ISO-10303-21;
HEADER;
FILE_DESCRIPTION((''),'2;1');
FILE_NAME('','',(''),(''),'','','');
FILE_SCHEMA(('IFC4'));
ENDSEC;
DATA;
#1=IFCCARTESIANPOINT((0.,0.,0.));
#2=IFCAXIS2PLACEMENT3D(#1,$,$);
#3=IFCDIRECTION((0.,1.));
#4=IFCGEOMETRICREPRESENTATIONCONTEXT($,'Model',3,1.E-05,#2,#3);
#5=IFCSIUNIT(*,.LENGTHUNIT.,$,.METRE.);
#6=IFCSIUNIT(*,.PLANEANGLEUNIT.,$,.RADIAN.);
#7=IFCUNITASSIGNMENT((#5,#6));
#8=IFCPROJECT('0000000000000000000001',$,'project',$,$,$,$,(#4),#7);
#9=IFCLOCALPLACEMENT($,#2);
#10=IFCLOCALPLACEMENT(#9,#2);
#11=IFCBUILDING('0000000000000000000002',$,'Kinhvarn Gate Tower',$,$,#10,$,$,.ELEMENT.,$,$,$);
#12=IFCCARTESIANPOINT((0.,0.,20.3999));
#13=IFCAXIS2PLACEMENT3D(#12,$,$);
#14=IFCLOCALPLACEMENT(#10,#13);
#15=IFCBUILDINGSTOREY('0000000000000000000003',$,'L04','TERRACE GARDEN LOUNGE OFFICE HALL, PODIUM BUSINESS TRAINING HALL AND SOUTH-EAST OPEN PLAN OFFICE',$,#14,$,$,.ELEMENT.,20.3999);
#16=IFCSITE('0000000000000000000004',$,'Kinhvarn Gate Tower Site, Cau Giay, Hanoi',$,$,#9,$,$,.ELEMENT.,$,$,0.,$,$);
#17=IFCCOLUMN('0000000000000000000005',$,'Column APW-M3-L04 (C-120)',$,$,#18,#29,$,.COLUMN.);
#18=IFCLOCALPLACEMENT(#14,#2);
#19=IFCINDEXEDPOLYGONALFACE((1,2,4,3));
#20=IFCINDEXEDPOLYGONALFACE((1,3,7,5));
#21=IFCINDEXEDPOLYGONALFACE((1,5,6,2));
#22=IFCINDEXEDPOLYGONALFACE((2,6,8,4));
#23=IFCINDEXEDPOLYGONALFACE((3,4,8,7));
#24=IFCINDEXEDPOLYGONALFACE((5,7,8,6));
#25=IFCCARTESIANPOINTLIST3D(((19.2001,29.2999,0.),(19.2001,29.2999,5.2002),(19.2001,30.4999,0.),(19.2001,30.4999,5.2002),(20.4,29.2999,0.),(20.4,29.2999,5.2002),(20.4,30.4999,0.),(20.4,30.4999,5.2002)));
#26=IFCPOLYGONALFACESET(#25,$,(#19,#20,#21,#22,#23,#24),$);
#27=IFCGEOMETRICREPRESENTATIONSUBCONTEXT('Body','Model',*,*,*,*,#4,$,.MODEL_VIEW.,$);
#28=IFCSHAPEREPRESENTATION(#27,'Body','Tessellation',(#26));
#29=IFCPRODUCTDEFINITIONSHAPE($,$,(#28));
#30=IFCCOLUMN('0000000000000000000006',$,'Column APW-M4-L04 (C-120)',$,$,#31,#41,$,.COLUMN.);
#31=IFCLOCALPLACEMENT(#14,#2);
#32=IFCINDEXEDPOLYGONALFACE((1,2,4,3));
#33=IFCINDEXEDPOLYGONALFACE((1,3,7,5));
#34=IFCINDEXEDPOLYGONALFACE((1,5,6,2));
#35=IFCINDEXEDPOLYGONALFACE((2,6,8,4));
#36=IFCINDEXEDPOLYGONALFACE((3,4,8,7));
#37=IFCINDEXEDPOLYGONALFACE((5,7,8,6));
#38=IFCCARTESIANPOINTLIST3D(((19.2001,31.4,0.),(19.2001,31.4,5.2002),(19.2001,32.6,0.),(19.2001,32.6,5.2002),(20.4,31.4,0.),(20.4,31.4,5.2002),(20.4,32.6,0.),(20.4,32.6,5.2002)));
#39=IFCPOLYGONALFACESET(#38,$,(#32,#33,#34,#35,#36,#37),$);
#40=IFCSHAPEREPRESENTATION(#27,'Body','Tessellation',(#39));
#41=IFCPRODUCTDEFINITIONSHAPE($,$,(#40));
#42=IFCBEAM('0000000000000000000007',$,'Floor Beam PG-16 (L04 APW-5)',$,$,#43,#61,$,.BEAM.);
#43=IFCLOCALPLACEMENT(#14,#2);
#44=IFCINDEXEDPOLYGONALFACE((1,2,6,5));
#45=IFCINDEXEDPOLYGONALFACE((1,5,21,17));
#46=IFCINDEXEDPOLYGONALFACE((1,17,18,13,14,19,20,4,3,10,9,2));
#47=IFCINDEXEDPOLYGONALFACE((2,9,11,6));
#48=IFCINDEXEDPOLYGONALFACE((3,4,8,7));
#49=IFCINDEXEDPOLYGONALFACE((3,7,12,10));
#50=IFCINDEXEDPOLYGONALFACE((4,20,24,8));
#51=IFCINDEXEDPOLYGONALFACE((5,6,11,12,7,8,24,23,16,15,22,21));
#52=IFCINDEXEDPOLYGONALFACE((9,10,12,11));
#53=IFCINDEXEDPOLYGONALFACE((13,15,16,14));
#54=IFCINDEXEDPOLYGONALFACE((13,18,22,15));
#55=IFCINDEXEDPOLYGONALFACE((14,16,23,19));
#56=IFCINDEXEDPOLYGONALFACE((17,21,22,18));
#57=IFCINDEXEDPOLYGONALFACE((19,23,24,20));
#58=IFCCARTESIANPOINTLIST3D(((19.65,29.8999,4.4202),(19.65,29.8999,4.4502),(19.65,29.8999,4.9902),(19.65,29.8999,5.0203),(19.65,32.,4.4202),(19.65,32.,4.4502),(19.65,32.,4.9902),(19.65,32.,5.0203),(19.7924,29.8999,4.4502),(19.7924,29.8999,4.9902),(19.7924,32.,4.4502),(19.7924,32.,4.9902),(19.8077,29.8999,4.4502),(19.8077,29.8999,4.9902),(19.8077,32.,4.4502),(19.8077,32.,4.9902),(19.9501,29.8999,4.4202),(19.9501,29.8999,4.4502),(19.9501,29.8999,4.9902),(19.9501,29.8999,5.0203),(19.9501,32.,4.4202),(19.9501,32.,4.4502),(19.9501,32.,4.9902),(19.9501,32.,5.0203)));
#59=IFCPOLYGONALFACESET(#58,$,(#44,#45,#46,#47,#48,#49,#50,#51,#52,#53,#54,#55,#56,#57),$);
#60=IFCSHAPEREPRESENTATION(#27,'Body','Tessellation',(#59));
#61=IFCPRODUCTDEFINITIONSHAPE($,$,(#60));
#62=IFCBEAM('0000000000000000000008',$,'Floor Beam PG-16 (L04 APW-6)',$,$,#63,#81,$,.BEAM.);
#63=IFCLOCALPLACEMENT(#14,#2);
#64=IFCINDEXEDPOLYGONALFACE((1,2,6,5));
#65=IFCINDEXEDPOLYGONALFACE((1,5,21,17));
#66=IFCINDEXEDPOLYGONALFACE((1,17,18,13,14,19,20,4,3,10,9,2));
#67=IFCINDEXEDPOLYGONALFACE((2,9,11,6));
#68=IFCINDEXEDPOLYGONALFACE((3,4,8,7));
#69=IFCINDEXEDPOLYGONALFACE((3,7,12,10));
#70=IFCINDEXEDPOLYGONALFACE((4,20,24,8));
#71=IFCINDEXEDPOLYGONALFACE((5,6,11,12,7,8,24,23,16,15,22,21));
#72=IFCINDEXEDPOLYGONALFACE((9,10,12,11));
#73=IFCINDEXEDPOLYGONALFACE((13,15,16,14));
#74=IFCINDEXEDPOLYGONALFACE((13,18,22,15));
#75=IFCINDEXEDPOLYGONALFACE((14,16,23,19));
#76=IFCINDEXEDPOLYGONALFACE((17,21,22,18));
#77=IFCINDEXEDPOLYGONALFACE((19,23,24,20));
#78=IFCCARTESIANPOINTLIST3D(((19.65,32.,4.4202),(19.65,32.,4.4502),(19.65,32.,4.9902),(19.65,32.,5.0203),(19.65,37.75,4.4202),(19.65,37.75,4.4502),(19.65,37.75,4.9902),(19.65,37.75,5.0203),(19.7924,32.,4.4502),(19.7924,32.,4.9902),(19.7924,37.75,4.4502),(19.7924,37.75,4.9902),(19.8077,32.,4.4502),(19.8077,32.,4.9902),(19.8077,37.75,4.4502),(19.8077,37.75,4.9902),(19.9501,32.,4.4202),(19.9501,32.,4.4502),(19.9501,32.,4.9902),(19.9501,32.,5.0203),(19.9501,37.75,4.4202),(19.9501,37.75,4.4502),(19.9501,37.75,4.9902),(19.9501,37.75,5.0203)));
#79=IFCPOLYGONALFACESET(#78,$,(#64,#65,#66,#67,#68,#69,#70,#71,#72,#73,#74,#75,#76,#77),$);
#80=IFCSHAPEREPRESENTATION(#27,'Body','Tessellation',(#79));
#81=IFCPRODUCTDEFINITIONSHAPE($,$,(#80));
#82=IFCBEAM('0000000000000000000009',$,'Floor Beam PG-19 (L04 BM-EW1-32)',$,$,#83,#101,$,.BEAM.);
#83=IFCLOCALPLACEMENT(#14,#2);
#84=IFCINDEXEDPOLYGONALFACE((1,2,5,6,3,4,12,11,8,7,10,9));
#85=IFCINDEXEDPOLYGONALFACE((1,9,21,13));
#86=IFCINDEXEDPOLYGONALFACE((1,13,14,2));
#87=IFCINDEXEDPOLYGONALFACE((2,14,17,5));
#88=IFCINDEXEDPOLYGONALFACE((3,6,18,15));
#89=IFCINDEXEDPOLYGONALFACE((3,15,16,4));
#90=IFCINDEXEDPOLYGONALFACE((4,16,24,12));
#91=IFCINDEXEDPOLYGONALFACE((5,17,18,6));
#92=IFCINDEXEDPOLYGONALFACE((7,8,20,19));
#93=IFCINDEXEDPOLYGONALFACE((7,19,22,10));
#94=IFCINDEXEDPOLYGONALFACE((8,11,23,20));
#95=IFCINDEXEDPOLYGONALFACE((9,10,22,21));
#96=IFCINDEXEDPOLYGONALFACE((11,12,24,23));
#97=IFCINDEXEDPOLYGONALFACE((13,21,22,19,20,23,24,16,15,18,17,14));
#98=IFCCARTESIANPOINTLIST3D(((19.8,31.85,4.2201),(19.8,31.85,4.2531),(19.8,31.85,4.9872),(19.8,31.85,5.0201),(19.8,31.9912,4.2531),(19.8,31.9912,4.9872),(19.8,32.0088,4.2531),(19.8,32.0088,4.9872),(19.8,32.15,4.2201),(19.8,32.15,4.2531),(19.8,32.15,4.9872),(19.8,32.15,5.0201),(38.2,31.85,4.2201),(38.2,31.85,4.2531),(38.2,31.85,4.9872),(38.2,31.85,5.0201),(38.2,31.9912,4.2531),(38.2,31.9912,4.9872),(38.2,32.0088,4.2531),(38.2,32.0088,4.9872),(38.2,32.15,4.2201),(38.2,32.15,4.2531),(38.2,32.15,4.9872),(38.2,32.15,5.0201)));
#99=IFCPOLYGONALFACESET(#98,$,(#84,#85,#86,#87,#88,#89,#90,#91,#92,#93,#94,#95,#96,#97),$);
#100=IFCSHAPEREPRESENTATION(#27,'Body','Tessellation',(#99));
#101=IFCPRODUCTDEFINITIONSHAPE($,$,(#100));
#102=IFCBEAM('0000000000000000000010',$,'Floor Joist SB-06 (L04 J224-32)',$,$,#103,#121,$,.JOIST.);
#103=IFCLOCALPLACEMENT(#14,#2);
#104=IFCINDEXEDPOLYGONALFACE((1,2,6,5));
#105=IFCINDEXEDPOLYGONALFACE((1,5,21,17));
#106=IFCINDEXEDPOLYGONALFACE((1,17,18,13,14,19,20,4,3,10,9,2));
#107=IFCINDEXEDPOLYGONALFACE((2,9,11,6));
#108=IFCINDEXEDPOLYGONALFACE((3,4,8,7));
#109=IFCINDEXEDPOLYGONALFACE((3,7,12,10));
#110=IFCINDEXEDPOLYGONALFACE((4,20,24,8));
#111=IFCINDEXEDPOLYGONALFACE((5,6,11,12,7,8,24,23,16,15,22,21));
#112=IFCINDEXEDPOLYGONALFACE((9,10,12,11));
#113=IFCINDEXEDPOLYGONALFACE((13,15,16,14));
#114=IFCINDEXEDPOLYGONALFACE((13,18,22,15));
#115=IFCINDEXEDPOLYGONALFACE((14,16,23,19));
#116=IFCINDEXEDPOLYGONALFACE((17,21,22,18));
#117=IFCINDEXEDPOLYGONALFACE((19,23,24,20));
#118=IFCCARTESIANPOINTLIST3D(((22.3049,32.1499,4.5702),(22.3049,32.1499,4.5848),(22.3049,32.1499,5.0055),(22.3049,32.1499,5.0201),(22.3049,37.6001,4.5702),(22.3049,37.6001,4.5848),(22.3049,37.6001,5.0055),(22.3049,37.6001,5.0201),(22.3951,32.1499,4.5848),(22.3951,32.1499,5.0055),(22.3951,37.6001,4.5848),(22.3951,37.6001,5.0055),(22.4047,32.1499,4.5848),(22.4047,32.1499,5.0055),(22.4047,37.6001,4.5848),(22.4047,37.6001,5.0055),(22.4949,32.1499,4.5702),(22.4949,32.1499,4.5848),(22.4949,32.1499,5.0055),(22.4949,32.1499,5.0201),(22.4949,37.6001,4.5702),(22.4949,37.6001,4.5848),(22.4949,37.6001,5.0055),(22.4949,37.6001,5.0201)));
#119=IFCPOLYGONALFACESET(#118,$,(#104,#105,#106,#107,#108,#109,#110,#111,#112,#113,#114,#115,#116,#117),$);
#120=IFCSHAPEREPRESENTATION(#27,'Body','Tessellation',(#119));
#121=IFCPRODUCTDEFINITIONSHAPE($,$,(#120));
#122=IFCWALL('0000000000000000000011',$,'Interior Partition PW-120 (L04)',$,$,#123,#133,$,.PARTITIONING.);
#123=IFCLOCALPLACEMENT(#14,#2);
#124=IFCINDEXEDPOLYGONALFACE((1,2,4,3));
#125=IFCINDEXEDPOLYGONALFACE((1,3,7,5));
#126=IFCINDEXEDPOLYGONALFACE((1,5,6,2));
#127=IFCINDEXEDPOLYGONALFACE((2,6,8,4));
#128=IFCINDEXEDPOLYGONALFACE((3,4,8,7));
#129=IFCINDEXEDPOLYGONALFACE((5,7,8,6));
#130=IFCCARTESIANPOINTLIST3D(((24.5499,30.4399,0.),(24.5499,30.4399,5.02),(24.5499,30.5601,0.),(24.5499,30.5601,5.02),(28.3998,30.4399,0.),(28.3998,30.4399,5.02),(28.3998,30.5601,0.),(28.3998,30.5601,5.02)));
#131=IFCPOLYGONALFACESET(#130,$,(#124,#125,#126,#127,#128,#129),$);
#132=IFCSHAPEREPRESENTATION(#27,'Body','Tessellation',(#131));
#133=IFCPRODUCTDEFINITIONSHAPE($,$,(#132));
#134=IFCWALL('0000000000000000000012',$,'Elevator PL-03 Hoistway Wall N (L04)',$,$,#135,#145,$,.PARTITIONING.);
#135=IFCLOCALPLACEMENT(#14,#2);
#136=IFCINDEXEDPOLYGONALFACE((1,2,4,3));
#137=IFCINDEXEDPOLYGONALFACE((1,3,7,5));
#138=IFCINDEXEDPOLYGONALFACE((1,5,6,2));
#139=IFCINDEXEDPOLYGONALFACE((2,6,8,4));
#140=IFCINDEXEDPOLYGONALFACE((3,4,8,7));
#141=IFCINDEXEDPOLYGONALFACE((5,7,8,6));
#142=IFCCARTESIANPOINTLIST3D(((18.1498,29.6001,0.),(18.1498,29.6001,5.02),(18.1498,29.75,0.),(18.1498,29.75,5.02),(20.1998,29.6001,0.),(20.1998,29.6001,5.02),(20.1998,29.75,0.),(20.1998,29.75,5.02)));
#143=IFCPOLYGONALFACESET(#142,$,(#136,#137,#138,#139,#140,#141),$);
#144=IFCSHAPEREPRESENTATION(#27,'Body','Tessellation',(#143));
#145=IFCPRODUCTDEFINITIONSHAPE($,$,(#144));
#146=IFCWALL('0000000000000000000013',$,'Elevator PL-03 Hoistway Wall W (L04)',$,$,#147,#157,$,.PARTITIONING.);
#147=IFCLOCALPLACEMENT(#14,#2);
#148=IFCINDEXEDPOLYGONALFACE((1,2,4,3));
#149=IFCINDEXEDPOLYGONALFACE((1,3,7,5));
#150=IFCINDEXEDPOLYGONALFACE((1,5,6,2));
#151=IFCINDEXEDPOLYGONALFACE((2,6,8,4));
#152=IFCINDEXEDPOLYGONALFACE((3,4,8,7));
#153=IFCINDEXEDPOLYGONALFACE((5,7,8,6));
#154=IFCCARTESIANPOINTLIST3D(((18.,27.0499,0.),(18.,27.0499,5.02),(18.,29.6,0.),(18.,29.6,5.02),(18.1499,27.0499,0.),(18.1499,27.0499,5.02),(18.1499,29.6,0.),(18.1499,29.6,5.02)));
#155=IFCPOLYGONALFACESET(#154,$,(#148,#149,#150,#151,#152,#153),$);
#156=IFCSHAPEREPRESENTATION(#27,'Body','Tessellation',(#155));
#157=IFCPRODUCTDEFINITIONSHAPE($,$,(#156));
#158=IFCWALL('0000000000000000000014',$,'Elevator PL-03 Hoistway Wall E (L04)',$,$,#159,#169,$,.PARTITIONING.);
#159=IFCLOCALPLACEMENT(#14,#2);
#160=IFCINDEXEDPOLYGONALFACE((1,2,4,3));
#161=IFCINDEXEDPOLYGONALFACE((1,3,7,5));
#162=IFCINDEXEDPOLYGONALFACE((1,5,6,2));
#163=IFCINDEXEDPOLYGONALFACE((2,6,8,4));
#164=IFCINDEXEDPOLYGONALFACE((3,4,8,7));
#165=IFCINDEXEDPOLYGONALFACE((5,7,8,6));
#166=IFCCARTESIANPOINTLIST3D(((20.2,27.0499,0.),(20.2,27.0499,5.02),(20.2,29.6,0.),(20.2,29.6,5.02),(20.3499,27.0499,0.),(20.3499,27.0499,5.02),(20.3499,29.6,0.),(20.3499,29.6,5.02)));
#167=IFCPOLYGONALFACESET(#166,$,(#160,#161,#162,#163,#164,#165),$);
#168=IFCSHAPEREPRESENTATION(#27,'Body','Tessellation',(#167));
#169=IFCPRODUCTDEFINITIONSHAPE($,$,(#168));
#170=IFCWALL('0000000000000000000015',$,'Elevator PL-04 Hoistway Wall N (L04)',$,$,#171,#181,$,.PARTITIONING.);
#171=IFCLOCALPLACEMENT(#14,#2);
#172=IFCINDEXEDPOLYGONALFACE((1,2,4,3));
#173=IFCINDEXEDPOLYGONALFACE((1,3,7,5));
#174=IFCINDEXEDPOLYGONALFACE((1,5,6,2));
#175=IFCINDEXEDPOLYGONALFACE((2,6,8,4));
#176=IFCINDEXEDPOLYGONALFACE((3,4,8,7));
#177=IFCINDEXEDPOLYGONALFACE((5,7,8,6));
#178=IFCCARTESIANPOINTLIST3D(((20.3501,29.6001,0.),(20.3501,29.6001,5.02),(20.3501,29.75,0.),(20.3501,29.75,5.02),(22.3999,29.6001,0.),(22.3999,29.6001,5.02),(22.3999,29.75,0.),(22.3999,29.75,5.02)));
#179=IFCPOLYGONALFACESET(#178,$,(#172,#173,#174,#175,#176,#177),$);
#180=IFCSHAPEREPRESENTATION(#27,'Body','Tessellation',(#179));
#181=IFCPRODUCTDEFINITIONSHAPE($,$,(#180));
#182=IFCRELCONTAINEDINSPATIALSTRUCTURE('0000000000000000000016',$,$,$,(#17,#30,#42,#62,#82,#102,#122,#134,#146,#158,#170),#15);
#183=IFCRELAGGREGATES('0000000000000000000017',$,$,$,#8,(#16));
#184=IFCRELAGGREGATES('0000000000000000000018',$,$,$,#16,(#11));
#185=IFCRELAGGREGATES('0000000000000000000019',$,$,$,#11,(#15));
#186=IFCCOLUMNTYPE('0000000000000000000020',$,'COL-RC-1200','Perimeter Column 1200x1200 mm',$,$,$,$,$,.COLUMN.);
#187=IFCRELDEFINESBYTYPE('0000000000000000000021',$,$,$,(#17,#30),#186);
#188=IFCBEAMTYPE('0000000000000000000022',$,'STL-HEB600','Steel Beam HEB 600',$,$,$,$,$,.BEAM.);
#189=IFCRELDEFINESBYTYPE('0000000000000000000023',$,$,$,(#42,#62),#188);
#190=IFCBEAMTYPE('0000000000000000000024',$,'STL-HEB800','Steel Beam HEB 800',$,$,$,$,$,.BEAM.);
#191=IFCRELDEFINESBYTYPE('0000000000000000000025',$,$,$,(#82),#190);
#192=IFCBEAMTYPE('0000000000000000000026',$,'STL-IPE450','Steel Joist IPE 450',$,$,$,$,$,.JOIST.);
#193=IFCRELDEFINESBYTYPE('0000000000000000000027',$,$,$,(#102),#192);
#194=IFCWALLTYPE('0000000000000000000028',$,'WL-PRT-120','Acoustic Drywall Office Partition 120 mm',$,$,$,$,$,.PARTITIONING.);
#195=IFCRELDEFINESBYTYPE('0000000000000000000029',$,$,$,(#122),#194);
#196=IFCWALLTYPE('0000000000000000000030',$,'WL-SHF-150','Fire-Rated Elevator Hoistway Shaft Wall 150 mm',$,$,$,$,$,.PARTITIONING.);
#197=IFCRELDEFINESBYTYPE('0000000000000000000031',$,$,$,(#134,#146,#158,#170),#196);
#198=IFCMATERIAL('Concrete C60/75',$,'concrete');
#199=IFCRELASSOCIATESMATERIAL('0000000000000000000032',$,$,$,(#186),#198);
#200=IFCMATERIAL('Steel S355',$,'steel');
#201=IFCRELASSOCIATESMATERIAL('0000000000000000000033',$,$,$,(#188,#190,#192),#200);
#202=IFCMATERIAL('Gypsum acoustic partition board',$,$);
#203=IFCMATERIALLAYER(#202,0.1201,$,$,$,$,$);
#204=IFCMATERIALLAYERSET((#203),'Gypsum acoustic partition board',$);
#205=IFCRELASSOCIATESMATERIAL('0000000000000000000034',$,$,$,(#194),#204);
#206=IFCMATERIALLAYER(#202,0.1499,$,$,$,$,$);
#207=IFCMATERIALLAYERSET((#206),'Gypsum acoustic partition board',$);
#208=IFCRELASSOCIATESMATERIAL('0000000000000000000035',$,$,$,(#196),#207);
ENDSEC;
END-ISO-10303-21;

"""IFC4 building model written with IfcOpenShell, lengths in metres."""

from ifc_helpers import new_model, si_unit, direction, frame, frame_2d, origin, origin_2d, place, context, subcontext, project, spatial, rectangle, i_section, extrude, material, layer, layer_set, material_profile, profile_set, type_object, element, save


model = new_model("IFC4")

# Units and contexts
model_context = context("Model", 3, precision=1e-05, world=origin(), true_north=direction((0.0, 1.0)))
body_context = subcontext(model_context, "Body", "Model", "MODEL_VIEW")
ifc_project = project(units=[si_unit("LENGTHUNIT", "METRE"), si_unit("PLANEANGLEUNIT", "RADIAN")], contexts=[model_context])

# Site, building, storey
site_placement = place(None, origin())
site = spatial("IfcSite", under=ifc_project, at=site_placement, Name="Kinhvarn Gate Tower Site, Cau Giay, Hanoi", CompositionType="ELEMENT", RefElevation=0.0)
building_placement = place(site_placement, origin())
building = spatial("IfcBuilding", under=site, at=building_placement, Name="Kinhvarn Gate Tower", CompositionType="ELEMENT")
storey_placement = place(building_placement, frame((0.0, 0.0, 20.3999)))
storey = spatial("IfcBuildingStorey", under=building, at=storey_placement, Name="L04", Description="TERRACE GARDEN LOUNGE OFFICE HALL, PODIUM BUSINESS TRAINING HALL AND SOUTH-EAST OPEN PLAN OFFICE", CompositionType="ELEMENT", Elevation=20.3999)

# Columns
ifc_material_1 = material(Name="Concrete C60/75", Category="concrete")
ifc_material_profile_1 = material_profile(ifc_material_1, rectangle(XDim=1.2, YDim=1.2, at=origin_2d()), Name="RC 1200x1200")
ifc_profile_set_1 = profile_set([ifc_material_profile_1], Name="Concrete C60/75")
column_type = type_object("IfcColumnType", Name="COL-RC-1200", Description="Perimeter Column 1200x1200 mm", PredefinedType="COLUMN", material=ifc_profile_set_1)
for number, where, z_axis, x_axis, name in (
    (1, (19.8, 29.8999, 0.0), (0.0, 0.0, 1.0), (1.0, 0.0, 0.0), "Column APW-M3-L04 (C-120)"),
    (2, (19.8, 32.0, 0.0), (0.0, 0.0, 1.0), (1.0, 0.0, 0.0), "Column APW-M4-L04 (C-120)"),
):
    element("IfcColumn", number, at=place(storey_placement, frame(where, z_axis=z_axis, x_axis=x_axis)), inside=storey, type_object=column_type, Name=name, PredefinedType="COLUMN", context=body_context, shape_type="SweptSolid", body=[
        extrude(rectangle(XDim=1.2, YDim=1.2, at=origin_2d()), origin(), (0.0, 0.0, 1.0), 5.2002),
    ])

# Beams
ifc_material_2 = material(Name="Steel S355", Category="steel")
ifc_material_profile_2 = material_profile(ifc_material_2, i_section(OverallWidth=0.3, OverallDepth=0.6001, WebThickness=0.0154, FlangeThickness=0.03, at=origin_2d()), Name="HEB 600")
ifc_profile_set_2 = profile_set([ifc_material_profile_2], Name="Steel S355")
beam_type_1 = type_object("IfcBeamType", Name="STL-HEB600", Description="Steel Beam HEB 600", PredefinedType="BEAM", material=ifc_profile_set_2)
beam_1_placement = place(storey_placement, frame((19.8, 29.8999, 4.7202), z_axis=(0.0, 1.0, 0.0), x_axis=(-1.0, 0.0, 0.0)))
element("IfcBeam", 3, at=beam_1_placement, inside=storey, type_object=beam_type_1, Name="Floor Beam PG-16 (L04 APW-5)", PredefinedType="BEAM", context=body_context, shape_type="SweptSolid", body=[
    extrude(i_section(OverallWidth=0.3, OverallDepth=0.6001, WebThickness=0.0154, FlangeThickness=0.03, at=origin_2d()), origin(), (0.0, 0.0, 1.0), 2.1001),
])
beam_2_placement = place(storey_placement, frame((19.8, 32.0, 4.7202), z_axis=(0.0, 1.0, 0.0), x_axis=(-1.0, 0.0, 0.0)))
element("IfcBeam", 4, at=beam_2_placement, inside=storey, type_object=beam_type_1, Name="Floor Beam PG-16 (L04 APW-6)", PredefinedType="BEAM", context=body_context, shape_type="SweptSolid", body=[
    extrude(i_section(OverallWidth=0.3, OverallDepth=0.6001, WebThickness=0.0154, FlangeThickness=0.03, at=origin_2d()), origin(), (0.0, 0.0, 1.0), 5.75),
])
ifc_material_profile_3 = material_profile(ifc_material_2, i_section(OverallWidth=0.3, OverallDepth=0.8, WebThickness=0.0176, FlangeThickness=0.033, at=origin_2d()), Name="HEB 800")
ifc_profile_set_3 = profile_set([ifc_material_profile_3], Name="Steel S355")
beam_type_2 = type_object("IfcBeamType", Name="STL-HEB800", Description="Steel Beam HEB 800", PredefinedType="BEAM", material=ifc_profile_set_3)
beam_3_placement = place(storey_placement, frame((19.8, 32.0, 4.6201), z_axis=(1.0, 0.0, 0.0), x_axis=(0.0, 1.0, 0.0)))
element("IfcBeam", 5, at=beam_3_placement, inside=storey, type_object=beam_type_2, Name="Floor Beam PG-19 (L04 BM-EW1-32)", PredefinedType="BEAM", context=body_context, shape_type="SweptSolid", body=[
    extrude(i_section(OverallWidth=0.3, OverallDepth=0.8, WebThickness=0.0176, FlangeThickness=0.033, at=origin_2d()), origin(), (0.0, 0.0, 1.0), 18.3999),
])
ifc_material_profile_4 = material_profile(ifc_material_2, i_section(OverallWidth=0.1899, OverallDepth=0.45, WebThickness=0.0095, FlangeThickness=0.0146, at=origin_2d()), Name="IPE 450")
ifc_profile_set_4 = profile_set([ifc_material_profile_4], Name="Steel S355")
beam_type_3 = type_object("IfcBeamType", Name="STL-IPE450", Description="Steel Joist IPE 450", PredefinedType="JOIST", material=ifc_profile_set_4)
beam_4_placement = place(storey_placement, frame((22.3999, 32.1499, 4.7952), z_axis=(0.0, 1.0, 0.0), x_axis=(-1.0, 0.0, 0.0)))
element("IfcBeam", 6, at=beam_4_placement, inside=storey, type_object=beam_type_3, Name="Floor Joist SB-06 (L04 J224-32)", PredefinedType="JOIST", context=body_context, shape_type="SweptSolid", body=[
    extrude(i_section(OverallWidth=0.1899, OverallDepth=0.45, WebThickness=0.0095, FlangeThickness=0.0146, at=origin_2d()), origin(), (0.0, 0.0, 1.0), 5.4502),
])

# Wall
ifc_material_3 = material(Name="Gypsum acoustic partition board")
ifc_layer_1 = layer(ifc_material_3, 0.1201)
ifc_layer_set_1 = layer_set([ifc_layer_1], Name="Gypsum acoustic partition board")
wall_type_1 = type_object("IfcWallType", Name="WL-PRT-120", Description="Acoustic Drywall Office Partition 120 mm", PredefinedType="PARTITIONING", material=ifc_layer_set_1)
wall_1_placement = place(storey_placement, frame((24.55, 30.5, 0.0), z_axis=(0.0, 0.0, 1.0), x_axis=(1.0, 0.0, 0.0)))
element("IfcWall", 7, at=wall_1_placement, inside=storey, type_object=wall_type_1, Name="Interior Partition PW-120 (L04)", PredefinedType="PARTITIONING", context=body_context, shape_type="SweptSolid", body=[
    extrude(rectangle(XDim=3.8499, YDim=0.1201, at=frame_2d((1.9248, 0.0))), origin(), (0.0, 0.0, 1.0), 5.02),
])

# Walls
ifc_layer_2 = layer(ifc_material_3, 0.1499)
ifc_layer_set_2 = layer_set([ifc_layer_2], Name="Gypsum acoustic partition board")
wall_type_2 = type_object("IfcWallType", Name="WL-SHF-150", Description="Fire-Rated Elevator Hoistway Shaft Wall 150 mm", PredefinedType="PARTITIONING", material=ifc_layer_set_2)
wall_2_placement = place(storey_placement, frame((18.1499, 29.675, 0.0), z_axis=(0.0, 0.0, 1.0), x_axis=(1.0, 0.0, 0.0)))
element("IfcWall", 8, at=wall_2_placement, inside=storey, type_object=wall_type_2, Name="Elevator PL-03 Hoistway Wall N (L04)", PredefinedType="PARTITIONING", context=body_context, shape_type="SweptSolid", body=[
    extrude(rectangle(XDim=2.05, YDim=0.1499, at=frame_2d((1.0249, 0.0))), origin(), (0.0, 0.0, 1.0), 5.02),
])
for number, where, z_axis, x_axis, name in (
    (9, (18.075, 27.05, 0.0), (0.0, 0.0, 1.0), (0.0, 1.0, 0.0), "Elevator PL-03 Hoistway Wall W (L04)"),
    (10, (20.2749, 27.05, 0.0), (0.0, 0.0, 1.0), (0.0, 1.0, 0.0), "Elevator PL-03 Hoistway Wall E (L04)"),
):
    element("IfcWall", number, at=place(storey_placement, frame(where, z_axis=z_axis, x_axis=x_axis)), inside=storey, type_object=wall_type_2, Name=name, PredefinedType="PARTITIONING", context=body_context, shape_type="SweptSolid", body=[
        extrude(rectangle(XDim=2.55, YDim=0.1499, at=frame_2d((1.2749, 0.0))), origin(), (0.0, 0.0, 1.0), 5.02),
    ])
wall_3_placement = place(storey_placement, frame((20.3501, 29.675, 0.0), z_axis=(0.0, 0.0, 1.0), x_axis=(1.0, 0.0, 0.0)))
element("IfcWall", 11, at=wall_3_placement, inside=storey, type_object=wall_type_2, Name="Elevator PL-04 Hoistway Wall N (L04)", PredefinedType="PARTITIONING", context=body_context, shape_type="SweptSolid", body=[
    extrude(rectangle(XDim=2.0498, YDim=0.1499, at=frame_2d((1.0249, 0.0))), origin(), (0.0, 0.0, 1.0), 5.02),
])

save(model, "model.ifc")
